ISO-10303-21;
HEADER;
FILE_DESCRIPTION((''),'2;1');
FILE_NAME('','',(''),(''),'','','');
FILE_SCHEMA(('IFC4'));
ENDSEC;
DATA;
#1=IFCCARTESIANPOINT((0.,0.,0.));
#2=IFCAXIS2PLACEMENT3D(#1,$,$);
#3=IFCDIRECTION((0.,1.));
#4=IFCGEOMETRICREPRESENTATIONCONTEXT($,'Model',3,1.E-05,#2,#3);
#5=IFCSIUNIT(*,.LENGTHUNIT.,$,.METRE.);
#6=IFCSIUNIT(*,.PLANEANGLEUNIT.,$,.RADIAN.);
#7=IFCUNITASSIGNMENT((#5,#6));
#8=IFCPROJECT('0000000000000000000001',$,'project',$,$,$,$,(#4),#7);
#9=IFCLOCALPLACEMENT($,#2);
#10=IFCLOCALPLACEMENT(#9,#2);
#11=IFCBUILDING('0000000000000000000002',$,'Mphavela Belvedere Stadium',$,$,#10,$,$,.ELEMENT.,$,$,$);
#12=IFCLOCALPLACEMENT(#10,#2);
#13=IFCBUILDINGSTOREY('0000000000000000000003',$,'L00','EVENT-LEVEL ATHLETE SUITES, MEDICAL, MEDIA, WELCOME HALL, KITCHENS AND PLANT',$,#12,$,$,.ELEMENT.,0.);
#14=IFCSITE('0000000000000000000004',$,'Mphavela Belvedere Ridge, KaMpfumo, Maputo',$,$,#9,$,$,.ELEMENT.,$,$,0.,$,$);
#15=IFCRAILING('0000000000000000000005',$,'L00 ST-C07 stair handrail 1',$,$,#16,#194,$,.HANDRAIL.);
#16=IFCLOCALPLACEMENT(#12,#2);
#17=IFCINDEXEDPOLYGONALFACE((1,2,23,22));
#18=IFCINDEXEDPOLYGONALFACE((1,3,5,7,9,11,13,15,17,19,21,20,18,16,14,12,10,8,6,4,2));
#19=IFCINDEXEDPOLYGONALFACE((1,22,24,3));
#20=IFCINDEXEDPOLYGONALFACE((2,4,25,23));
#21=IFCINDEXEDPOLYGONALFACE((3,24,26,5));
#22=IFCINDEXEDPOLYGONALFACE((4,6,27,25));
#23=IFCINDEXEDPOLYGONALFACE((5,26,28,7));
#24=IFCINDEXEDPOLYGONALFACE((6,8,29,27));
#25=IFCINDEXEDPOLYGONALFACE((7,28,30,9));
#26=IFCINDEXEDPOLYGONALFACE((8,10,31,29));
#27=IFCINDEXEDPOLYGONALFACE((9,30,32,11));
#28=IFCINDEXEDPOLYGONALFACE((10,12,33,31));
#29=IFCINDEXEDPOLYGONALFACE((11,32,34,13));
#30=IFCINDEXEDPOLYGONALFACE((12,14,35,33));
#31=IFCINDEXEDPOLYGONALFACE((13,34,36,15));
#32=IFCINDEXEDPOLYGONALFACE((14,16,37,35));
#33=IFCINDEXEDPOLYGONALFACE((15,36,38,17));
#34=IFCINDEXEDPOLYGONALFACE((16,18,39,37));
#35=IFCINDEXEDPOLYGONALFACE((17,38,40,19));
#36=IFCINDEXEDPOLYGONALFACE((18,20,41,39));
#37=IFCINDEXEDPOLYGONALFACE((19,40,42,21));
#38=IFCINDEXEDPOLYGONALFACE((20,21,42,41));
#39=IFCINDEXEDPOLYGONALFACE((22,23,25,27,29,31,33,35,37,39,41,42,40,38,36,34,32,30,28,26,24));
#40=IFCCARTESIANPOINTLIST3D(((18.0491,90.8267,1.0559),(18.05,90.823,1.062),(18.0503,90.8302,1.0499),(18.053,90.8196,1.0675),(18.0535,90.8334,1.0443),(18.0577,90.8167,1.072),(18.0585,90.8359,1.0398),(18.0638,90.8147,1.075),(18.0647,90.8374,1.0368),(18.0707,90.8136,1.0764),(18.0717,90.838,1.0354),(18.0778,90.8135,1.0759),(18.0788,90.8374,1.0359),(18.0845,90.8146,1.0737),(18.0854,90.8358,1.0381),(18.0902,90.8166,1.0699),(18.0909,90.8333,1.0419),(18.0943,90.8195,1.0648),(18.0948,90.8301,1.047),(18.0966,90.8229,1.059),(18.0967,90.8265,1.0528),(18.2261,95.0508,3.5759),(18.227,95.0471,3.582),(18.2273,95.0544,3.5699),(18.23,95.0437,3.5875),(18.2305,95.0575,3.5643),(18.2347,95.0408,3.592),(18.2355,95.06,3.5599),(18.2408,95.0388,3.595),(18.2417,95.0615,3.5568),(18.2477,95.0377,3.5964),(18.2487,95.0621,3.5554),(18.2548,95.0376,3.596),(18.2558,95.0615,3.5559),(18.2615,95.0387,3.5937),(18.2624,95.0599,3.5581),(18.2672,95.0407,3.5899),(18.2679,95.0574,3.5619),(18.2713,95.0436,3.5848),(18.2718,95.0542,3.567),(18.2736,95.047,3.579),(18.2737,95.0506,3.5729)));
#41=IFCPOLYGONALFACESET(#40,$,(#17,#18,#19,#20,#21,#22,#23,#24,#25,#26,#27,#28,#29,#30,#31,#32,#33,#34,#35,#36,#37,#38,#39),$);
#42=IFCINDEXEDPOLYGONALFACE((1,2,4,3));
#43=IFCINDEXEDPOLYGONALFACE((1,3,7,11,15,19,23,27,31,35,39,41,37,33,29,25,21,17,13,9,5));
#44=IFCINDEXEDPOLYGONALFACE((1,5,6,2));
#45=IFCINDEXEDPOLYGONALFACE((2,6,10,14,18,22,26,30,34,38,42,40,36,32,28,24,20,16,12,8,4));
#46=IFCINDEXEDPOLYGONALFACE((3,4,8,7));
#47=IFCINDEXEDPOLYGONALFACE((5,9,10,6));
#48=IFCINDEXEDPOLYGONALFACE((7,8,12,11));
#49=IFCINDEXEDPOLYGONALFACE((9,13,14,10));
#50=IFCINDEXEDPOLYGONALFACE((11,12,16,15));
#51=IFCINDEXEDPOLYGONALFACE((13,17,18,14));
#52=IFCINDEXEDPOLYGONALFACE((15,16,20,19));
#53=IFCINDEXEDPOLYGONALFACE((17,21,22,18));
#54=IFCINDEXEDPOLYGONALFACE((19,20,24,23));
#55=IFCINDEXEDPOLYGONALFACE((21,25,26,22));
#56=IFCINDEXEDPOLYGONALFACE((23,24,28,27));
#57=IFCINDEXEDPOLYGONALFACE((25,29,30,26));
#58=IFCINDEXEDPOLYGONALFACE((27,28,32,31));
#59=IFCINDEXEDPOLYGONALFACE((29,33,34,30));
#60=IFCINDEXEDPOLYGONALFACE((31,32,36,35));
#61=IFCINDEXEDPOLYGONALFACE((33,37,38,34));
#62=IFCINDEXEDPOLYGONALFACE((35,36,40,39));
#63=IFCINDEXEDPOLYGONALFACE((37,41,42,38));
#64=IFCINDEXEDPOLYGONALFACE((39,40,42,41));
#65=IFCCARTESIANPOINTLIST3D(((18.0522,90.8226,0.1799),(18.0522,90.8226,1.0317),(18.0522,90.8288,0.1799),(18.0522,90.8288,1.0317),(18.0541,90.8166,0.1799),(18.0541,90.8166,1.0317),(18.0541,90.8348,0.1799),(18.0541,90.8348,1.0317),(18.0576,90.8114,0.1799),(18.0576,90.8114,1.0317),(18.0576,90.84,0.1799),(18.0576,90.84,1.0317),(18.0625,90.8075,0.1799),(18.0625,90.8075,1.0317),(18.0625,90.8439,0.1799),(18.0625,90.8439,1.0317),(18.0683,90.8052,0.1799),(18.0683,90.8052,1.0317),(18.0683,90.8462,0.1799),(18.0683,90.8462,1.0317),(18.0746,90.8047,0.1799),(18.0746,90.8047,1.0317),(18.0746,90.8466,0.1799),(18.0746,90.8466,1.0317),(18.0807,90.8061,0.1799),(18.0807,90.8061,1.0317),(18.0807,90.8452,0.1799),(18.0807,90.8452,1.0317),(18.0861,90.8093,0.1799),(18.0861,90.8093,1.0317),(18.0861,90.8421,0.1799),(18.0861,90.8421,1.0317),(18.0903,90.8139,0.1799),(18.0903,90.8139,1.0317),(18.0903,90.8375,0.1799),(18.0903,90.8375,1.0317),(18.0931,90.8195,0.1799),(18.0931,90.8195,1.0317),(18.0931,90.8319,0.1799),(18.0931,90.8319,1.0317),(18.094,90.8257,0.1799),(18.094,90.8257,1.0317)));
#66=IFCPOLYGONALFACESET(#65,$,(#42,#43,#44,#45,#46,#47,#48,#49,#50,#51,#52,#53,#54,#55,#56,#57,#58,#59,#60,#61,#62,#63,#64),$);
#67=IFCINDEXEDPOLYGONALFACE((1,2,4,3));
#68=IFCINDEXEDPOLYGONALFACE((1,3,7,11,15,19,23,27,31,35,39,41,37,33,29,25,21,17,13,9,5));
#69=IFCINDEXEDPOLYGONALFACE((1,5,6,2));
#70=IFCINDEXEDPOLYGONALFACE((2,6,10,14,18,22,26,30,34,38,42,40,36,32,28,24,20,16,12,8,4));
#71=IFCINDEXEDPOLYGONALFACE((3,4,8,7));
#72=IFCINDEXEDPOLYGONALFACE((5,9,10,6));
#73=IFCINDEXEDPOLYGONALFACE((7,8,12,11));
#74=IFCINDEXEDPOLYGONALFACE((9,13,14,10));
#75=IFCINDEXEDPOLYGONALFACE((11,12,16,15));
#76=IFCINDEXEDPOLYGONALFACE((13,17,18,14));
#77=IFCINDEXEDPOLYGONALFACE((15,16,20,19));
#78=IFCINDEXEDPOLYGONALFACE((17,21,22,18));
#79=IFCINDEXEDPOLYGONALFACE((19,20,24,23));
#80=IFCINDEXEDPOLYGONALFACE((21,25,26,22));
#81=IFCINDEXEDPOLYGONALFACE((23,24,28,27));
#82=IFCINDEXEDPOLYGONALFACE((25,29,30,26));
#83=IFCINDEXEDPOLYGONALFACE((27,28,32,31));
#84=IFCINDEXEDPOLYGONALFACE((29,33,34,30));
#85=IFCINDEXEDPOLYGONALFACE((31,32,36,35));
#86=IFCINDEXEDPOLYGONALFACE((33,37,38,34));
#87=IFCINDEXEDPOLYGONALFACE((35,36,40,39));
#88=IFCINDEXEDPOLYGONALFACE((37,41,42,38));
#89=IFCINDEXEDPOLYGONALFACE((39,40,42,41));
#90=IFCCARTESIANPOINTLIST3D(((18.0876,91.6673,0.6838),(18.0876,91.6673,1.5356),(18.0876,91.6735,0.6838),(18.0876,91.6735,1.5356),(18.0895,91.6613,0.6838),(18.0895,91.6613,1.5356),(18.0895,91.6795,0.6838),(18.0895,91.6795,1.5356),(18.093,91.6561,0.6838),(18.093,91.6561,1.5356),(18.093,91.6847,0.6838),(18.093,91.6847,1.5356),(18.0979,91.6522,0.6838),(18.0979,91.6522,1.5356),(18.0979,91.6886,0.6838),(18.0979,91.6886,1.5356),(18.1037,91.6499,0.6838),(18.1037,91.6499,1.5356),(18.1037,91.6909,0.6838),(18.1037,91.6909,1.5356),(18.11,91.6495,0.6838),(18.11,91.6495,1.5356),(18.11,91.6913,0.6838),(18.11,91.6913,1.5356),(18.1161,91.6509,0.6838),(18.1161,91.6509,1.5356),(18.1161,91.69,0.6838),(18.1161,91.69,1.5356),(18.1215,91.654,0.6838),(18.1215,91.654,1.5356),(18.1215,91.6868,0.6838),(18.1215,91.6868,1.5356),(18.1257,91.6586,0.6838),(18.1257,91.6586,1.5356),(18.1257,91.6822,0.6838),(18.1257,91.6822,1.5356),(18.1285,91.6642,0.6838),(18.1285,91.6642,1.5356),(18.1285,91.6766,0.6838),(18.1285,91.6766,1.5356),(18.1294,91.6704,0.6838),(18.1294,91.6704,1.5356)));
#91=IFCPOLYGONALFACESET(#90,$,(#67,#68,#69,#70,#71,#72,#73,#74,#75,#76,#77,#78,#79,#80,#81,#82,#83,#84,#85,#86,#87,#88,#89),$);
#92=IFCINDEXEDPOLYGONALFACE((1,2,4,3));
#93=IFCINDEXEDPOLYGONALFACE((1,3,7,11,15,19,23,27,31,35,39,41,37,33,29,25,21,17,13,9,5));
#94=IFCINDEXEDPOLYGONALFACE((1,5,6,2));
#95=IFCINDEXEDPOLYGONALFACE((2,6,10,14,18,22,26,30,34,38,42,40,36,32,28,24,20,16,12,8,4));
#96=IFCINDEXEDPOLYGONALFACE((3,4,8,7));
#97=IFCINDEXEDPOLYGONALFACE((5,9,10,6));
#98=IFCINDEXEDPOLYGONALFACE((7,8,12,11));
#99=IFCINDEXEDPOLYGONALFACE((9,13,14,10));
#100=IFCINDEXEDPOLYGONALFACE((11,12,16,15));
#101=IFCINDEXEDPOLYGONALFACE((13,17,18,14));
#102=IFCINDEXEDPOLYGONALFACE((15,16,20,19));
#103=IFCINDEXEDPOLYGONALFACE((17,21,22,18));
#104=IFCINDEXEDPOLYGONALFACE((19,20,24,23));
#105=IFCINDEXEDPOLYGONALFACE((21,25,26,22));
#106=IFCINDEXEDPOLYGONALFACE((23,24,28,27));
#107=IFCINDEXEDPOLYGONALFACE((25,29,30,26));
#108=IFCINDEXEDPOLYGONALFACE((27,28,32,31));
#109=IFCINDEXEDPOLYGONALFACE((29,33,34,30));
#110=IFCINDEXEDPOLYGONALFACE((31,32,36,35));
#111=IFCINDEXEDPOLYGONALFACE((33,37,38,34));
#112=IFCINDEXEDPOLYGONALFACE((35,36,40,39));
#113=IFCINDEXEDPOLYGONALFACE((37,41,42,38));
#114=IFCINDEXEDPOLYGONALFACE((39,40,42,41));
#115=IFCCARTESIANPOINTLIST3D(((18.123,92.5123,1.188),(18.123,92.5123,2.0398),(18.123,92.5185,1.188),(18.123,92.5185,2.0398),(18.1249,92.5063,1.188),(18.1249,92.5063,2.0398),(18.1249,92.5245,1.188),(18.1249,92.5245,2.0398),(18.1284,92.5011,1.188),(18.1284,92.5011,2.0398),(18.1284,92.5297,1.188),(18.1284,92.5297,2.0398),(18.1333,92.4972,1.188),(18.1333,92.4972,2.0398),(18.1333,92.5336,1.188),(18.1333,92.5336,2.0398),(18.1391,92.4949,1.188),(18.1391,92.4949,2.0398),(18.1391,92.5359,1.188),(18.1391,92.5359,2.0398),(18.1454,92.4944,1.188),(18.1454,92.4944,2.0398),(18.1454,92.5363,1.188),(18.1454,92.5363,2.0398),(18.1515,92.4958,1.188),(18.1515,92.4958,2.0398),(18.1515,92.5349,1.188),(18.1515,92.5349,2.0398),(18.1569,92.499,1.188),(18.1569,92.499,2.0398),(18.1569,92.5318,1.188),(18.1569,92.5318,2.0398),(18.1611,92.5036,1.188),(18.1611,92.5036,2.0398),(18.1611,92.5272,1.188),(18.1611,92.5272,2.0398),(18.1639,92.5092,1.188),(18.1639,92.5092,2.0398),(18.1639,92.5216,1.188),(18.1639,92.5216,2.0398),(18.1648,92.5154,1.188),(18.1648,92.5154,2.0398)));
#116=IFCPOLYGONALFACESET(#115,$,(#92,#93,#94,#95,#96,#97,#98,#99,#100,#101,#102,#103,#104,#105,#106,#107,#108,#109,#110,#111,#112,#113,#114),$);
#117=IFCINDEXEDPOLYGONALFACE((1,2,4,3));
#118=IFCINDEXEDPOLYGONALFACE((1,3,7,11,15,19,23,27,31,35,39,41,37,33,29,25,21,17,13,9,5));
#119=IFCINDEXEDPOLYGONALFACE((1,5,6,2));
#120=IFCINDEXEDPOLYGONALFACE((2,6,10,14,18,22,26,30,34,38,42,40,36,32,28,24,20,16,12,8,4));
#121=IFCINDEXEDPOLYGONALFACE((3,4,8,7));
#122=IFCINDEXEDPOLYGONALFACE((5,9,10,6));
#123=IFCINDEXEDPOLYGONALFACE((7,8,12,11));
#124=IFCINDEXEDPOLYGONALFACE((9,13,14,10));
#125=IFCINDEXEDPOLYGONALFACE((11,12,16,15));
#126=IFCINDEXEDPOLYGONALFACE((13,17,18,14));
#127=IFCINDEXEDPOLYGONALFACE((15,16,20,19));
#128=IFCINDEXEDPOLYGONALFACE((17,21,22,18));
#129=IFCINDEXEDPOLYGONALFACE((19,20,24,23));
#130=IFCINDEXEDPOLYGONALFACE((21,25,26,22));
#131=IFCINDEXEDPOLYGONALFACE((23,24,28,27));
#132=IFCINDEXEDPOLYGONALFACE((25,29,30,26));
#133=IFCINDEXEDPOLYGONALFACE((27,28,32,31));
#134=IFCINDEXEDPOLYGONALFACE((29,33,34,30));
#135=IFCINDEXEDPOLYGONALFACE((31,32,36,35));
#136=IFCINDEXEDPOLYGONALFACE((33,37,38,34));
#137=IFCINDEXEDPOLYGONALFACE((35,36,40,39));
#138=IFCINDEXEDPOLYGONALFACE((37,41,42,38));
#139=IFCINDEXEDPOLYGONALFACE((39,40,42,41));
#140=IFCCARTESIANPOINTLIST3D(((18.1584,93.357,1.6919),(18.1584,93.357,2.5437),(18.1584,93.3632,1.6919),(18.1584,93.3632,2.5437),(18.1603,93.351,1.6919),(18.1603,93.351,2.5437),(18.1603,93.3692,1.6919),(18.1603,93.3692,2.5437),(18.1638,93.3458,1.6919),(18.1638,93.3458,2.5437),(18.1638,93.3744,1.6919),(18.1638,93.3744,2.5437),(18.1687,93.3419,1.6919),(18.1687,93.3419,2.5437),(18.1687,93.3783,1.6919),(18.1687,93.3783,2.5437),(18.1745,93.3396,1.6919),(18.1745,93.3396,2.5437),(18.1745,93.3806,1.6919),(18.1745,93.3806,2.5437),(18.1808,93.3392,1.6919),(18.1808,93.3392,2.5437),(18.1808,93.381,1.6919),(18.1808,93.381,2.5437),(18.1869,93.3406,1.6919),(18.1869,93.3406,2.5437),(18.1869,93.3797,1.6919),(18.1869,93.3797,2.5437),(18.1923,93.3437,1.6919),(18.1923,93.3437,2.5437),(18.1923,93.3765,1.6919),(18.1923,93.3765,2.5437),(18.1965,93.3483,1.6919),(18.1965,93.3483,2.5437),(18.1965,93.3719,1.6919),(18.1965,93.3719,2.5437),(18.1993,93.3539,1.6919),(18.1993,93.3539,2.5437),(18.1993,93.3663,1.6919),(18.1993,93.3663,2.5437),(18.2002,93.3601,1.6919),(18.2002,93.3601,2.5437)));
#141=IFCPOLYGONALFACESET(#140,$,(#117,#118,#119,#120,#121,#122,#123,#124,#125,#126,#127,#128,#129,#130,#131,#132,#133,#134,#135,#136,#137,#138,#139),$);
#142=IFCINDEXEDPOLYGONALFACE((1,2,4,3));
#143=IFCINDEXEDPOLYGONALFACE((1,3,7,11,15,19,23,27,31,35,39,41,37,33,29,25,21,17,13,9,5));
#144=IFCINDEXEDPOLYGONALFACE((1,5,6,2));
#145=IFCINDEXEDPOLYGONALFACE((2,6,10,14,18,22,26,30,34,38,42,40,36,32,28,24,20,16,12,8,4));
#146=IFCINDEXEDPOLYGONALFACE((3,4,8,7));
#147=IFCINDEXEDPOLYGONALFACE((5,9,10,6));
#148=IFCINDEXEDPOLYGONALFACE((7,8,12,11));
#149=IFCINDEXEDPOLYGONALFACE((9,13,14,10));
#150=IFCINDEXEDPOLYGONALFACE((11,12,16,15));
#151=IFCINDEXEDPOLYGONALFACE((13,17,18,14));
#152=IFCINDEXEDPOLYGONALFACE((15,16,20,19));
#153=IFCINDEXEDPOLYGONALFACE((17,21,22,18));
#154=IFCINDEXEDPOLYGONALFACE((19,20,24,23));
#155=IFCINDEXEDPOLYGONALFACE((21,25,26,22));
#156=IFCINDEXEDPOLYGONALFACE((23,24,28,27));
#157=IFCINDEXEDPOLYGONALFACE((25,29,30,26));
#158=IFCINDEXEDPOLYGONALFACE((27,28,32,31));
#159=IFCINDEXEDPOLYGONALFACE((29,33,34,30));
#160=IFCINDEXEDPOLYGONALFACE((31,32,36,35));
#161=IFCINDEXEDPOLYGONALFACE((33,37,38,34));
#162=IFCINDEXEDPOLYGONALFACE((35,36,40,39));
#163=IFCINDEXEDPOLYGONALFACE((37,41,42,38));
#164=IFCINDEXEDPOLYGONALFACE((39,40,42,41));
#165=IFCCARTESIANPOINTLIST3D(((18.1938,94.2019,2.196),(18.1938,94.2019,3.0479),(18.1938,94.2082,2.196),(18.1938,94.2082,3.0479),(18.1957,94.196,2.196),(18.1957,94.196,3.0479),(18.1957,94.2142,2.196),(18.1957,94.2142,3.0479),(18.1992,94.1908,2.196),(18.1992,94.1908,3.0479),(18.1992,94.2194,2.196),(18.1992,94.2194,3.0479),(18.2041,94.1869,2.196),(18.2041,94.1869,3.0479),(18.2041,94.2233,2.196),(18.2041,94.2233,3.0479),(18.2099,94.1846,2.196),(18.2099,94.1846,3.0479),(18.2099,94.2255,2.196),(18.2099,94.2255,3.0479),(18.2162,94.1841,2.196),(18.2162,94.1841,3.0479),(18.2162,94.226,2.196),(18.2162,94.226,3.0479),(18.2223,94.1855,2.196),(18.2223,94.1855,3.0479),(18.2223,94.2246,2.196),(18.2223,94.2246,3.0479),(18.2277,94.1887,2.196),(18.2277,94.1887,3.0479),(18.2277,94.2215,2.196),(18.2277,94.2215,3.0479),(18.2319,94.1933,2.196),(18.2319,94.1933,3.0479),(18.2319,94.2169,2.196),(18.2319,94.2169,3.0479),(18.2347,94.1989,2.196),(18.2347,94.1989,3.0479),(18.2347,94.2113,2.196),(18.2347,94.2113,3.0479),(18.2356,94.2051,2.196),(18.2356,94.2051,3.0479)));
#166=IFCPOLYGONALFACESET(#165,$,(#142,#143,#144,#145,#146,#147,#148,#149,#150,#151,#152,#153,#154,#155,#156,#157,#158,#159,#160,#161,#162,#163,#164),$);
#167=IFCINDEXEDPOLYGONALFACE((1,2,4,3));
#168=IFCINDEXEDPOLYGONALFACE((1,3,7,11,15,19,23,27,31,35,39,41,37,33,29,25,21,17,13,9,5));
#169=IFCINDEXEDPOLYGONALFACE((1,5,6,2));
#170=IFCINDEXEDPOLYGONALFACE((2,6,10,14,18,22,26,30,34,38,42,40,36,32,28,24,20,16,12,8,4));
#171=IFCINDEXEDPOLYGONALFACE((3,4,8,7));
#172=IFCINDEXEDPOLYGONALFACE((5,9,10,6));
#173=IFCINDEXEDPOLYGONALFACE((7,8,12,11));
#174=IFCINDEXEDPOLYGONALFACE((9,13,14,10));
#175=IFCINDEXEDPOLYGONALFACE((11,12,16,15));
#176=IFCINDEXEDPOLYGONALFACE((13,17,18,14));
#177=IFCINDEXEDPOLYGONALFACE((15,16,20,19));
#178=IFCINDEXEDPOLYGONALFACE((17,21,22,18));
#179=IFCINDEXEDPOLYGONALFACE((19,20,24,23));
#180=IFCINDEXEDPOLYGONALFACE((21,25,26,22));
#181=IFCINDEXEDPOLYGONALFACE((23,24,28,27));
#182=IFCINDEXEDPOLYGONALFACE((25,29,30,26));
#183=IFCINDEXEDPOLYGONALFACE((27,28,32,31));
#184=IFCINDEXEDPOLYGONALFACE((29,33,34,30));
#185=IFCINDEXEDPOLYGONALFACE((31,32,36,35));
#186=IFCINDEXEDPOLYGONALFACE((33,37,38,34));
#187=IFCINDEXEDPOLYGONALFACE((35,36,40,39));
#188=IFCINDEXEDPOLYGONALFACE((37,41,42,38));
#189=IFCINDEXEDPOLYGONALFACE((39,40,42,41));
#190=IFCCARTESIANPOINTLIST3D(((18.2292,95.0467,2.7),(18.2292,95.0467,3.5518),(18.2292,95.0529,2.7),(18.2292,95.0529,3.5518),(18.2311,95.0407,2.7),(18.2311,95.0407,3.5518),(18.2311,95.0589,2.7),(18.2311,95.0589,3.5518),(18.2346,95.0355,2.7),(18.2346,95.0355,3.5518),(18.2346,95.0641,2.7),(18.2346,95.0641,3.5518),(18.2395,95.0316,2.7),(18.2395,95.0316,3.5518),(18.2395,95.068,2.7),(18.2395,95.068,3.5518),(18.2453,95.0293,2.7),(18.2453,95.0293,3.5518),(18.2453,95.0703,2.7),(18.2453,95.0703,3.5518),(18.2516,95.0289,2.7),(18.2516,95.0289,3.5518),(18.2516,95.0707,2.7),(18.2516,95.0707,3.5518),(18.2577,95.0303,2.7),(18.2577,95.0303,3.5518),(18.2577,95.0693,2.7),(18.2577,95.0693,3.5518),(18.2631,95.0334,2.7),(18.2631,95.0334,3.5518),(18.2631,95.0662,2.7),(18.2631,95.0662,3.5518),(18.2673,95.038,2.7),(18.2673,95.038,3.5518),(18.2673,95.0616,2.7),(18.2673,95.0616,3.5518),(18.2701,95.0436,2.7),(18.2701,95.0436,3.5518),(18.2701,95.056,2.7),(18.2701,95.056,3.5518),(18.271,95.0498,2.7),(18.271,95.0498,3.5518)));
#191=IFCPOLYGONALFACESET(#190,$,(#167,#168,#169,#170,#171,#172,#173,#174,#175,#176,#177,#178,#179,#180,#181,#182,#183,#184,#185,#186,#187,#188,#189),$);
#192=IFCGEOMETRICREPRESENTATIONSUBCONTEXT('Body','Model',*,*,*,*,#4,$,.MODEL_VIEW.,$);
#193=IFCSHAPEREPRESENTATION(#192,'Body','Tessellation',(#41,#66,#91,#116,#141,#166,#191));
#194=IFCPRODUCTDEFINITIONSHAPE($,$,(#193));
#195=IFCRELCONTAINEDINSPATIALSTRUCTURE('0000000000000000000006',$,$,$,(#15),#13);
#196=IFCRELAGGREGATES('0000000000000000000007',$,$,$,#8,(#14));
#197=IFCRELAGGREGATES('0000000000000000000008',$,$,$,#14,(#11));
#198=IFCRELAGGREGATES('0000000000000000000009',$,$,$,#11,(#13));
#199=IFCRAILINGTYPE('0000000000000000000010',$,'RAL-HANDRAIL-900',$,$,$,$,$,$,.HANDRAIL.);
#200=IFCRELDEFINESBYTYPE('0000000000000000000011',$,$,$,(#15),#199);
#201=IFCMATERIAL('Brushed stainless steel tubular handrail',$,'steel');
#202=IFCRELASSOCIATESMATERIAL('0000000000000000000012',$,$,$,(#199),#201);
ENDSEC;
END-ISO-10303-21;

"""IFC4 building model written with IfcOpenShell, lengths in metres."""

from ifc_helpers import new_model, si_unit, direction, frame, origin, origin_2d, place, context, subcontext, project, spatial, circle, extrude, material, type_object, element, save


model = new_model("IFC4")

# Units and contexts
model_context = context("Model", 3, precision=1e-05, world=origin(), true_north=direction((0.0, 1.0)))
body_context = subcontext(model_context, "Body", "Model", "MODEL_VIEW")
ifc_project = project(units=[si_unit("LENGTHUNIT", "METRE"), si_unit("PLANEANGLEUNIT", "RADIAN")], contexts=[model_context])

# Site, building, storey
site_placement = place(None, origin())
site = spatial("IfcSite", under=ifc_project, at=site_placement, Name="Mphavela Belvedere Ridge, KaMpfumo, Maputo", CompositionType="ELEMENT", RefElevation=0.0)
building_placement = place(site_placement, origin())
building = spatial("IfcBuilding", under=site, at=building_placement, Name="Mphavela Belvedere Stadium", CompositionType="ELEMENT")
storey_placement = place(building_placement, origin())
storey = spatial("IfcBuildingStorey", under=building, at=storey_placement, Name="L00", Description="EVENT-LEVEL ATHLETE SUITES, MEDICAL, MEDIA, WELCOME HALL, KITCHENS AND PLANT", CompositionType="ELEMENT", Elevation=0.0)

# Railing
ifc_material_1 = material(Name="Brushed stainless steel tubular handrail", Category="steel")
railing_type_1 = type_object("IfcRailingType", Name="RAL-HANDRAIL-900", PredefinedType="HANDRAIL", material=ifc_material_1)
railing_1_placement = place(storey_placement, frame((18.073, 90.8257, 0.1799)))
element("IfcRailing", 1, at=railing_1_placement, inside=storey, type_object=railing_type_1, Name="L00 ST-C07 stair handrail 1", PredefinedType="HANDRAIL", context=body_context, shape_type="SweptSolid", body=[
    extrude(circle(Radius=0.0239, at=origin_2d()), frame((0.0, 0.0, 0.876), z_axis=(0.035962, 0.858231, 0.512002), x_axis=(-0.999123, 0.041866, 0.0)), (0.0, 0.0, 1.0), 4.9219),
    extrude(circle(Radius=0.021, at=origin_2d()), origin(), (0.0, 0.0, 1.0), 0.8518),
    extrude(circle(Radius=0.021, at=origin_2d()), frame((0.0354, 0.8447, 0.5039)), (0.0, 0.0, 1.0), 0.8518),
    extrude(circle(Radius=0.021, at=origin_2d()), frame((0.0708, 1.6897, 1.0081)), (0.0, 0.0, 1.0), 0.8518),
    extrude(circle(Radius=0.021, at=origin_2d()), frame((0.1062, 2.5344, 1.512)), (0.0, 0.0, 1.0), 0.8518),
    extrude(circle(Radius=0.021, at=origin_2d()), frame((0.1416, 3.3794, 2.0161)), (0.0, 0.0, 1.0), 0.8518),
    extrude(circle(Radius=0.021, at=origin_2d()), frame((0.177, 4.2241, 2.52)), (0.0, 0.0, 1.0), 0.8518),
])

save(model, "model.ifc")
